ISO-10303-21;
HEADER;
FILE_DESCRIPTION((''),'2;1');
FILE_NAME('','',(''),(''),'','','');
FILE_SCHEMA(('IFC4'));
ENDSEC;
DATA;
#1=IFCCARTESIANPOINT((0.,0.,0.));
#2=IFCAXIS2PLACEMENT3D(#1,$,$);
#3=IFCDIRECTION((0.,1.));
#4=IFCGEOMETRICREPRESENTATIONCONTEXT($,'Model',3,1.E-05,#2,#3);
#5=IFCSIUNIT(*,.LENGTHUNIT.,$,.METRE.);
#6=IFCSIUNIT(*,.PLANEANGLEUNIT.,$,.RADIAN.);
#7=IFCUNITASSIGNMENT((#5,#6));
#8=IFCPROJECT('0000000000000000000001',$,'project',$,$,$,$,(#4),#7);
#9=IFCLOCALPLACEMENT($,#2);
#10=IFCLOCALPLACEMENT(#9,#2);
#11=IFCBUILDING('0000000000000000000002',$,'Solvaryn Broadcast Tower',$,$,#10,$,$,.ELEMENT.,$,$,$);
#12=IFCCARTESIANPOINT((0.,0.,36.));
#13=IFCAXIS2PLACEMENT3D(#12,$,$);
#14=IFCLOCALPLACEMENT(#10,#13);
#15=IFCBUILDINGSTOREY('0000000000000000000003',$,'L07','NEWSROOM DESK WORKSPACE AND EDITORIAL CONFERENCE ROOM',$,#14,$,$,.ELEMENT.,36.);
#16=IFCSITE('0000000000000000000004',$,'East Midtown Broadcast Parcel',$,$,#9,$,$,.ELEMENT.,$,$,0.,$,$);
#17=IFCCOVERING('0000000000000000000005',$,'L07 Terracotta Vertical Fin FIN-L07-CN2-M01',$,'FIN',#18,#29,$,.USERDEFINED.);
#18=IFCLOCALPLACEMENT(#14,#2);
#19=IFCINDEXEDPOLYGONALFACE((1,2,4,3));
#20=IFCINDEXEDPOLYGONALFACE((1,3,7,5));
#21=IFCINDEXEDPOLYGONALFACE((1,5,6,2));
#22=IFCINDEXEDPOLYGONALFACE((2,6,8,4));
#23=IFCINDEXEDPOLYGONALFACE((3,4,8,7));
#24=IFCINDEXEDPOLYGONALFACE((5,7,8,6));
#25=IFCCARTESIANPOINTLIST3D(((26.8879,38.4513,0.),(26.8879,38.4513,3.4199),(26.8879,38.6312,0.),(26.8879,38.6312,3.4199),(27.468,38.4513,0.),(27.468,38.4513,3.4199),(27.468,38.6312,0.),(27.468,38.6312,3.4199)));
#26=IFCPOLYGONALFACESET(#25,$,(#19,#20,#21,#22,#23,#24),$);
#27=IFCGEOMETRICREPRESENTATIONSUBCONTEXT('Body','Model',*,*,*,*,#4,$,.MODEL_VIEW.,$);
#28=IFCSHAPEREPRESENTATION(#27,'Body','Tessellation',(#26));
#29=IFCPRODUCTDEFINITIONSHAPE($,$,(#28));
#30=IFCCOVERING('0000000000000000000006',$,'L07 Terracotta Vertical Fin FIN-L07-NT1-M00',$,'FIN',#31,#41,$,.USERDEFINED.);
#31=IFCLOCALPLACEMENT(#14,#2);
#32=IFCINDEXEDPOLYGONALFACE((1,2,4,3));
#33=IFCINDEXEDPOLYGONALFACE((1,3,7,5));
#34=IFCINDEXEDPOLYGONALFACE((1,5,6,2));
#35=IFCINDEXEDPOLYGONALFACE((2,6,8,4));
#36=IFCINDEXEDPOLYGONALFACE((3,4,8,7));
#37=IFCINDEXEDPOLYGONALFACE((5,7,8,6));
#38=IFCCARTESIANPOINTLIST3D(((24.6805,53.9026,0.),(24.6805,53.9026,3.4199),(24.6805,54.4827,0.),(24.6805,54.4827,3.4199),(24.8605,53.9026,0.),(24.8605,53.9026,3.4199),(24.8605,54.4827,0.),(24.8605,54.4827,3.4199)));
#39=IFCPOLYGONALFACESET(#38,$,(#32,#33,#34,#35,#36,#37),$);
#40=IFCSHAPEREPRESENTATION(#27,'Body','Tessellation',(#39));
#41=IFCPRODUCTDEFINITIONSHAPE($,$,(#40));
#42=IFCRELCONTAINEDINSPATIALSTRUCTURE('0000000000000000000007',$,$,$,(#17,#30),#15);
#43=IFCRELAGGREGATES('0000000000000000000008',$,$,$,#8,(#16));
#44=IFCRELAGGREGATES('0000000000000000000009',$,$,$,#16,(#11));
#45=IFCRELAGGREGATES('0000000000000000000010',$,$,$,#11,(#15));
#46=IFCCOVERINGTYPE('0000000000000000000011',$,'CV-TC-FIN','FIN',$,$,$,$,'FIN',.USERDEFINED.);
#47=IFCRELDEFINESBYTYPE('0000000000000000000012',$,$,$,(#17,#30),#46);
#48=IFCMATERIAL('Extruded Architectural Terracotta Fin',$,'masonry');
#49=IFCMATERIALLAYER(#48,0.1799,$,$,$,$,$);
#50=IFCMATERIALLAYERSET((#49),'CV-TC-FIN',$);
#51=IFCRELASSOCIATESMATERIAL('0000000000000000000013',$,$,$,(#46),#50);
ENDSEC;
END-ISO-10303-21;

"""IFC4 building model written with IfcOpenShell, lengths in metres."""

from ifc_helpers import new_model, si_unit, direction, frame, origin, origin_2d, place, context, subcontext, project, spatial, rectangle, extrude, material, layer, layer_set, type_object, element, save


model = new_model("IFC4")

# Units and contexts
model_context = context("Model", 3, precision=1e-05, world=origin(), true_north=direction((0.0, 1.0)))
body_context = subcontext(model_context, "Body", "Model", "MODEL_VIEW")
ifc_project = project(units=[si_unit("LENGTHUNIT", "METRE"), si_unit("PLANEANGLEUNIT", "RADIAN")], contexts=[model_context])

# Site, building, storey
site_placement = place(None, origin())
site = spatial("IfcSite", under=ifc_project, at=site_placement, Name="East Midtown Broadcast Parcel", CompositionType="ELEMENT", RefElevation=0.0)
building_placement = place(site_placement, origin())
building = spatial("IfcBuilding", under=site, at=building_placement, Name="Solvaryn Broadcast Tower", CompositionType="ELEMENT")
storey_placement = place(building_placement, frame((0.0, 0.0, 36.0)))
storey = spatial("IfcBuildingStorey", under=building, at=storey_placement, Name="L07", Description="NEWSROOM DESK WORKSPACE AND EDITORIAL CONFERENCE ROOM", CompositionType="ELEMENT", Elevation=36.0)

# Coverings
ifc_material_1 = material(Name="Extruded Architectural Terracotta Fin", Category="masonry")
ifc_layer_1 = layer(ifc_material_1, 0.1799)
ifc_layer_set_1 = layer_set([ifc_layer_1], Name="CV-TC-FIN")
covering_type = type_object("IfcCoveringType", Name="CV-TC-FIN", Description="FIN", ElementType="FIN", PredefinedType="USERDEFINED", material=ifc_layer_set_1)
for number, where, z_axis, x_axis, name in (
    (1, (27.178, 38.5413, 0.0), (0.0, 0.0, 1.0), (1.0, 0.0, 0.0), "L07 Terracotta Vertical Fin FIN-L07-CN2-M01"),
):
    element("IfcCovering", number, at=place(storey_placement, frame(where, z_axis=z_axis, x_axis=x_axis)), inside=storey, type_object=covering_type, Name=name, ObjectType="FIN", PredefinedType="USERDEFINED", context=body_context, shape_type="SweptSolid", body=[
        extrude(rectangle(XDim=0.5801, YDim=0.1799, at=origin_2d()), origin(), (0.0, 0.0, 1.0), 3.4199),
    ])
covering_1_placement = place(storey_placement, frame((24.7705, 54.1926, 0.0), z_axis=(0.0, 0.0, 1.0), x_axis=(1.0, 0.0, 0.0)))
element("IfcCovering", 2, at=covering_1_placement, inside=storey, type_object=covering_type, Name="L07 Terracotta Vertical Fin FIN-L07-NT1-M00", ObjectType="FIN", PredefinedType="USERDEFINED", context=body_context, shape_type="SweptSolid", body=[
    extrude(rectangle(XDim=0.1799, YDim=0.5801, at=origin_2d()), origin(), (0.0, 0.0, 1.0), 3.4199),
])

save(model, "model.ifc")
